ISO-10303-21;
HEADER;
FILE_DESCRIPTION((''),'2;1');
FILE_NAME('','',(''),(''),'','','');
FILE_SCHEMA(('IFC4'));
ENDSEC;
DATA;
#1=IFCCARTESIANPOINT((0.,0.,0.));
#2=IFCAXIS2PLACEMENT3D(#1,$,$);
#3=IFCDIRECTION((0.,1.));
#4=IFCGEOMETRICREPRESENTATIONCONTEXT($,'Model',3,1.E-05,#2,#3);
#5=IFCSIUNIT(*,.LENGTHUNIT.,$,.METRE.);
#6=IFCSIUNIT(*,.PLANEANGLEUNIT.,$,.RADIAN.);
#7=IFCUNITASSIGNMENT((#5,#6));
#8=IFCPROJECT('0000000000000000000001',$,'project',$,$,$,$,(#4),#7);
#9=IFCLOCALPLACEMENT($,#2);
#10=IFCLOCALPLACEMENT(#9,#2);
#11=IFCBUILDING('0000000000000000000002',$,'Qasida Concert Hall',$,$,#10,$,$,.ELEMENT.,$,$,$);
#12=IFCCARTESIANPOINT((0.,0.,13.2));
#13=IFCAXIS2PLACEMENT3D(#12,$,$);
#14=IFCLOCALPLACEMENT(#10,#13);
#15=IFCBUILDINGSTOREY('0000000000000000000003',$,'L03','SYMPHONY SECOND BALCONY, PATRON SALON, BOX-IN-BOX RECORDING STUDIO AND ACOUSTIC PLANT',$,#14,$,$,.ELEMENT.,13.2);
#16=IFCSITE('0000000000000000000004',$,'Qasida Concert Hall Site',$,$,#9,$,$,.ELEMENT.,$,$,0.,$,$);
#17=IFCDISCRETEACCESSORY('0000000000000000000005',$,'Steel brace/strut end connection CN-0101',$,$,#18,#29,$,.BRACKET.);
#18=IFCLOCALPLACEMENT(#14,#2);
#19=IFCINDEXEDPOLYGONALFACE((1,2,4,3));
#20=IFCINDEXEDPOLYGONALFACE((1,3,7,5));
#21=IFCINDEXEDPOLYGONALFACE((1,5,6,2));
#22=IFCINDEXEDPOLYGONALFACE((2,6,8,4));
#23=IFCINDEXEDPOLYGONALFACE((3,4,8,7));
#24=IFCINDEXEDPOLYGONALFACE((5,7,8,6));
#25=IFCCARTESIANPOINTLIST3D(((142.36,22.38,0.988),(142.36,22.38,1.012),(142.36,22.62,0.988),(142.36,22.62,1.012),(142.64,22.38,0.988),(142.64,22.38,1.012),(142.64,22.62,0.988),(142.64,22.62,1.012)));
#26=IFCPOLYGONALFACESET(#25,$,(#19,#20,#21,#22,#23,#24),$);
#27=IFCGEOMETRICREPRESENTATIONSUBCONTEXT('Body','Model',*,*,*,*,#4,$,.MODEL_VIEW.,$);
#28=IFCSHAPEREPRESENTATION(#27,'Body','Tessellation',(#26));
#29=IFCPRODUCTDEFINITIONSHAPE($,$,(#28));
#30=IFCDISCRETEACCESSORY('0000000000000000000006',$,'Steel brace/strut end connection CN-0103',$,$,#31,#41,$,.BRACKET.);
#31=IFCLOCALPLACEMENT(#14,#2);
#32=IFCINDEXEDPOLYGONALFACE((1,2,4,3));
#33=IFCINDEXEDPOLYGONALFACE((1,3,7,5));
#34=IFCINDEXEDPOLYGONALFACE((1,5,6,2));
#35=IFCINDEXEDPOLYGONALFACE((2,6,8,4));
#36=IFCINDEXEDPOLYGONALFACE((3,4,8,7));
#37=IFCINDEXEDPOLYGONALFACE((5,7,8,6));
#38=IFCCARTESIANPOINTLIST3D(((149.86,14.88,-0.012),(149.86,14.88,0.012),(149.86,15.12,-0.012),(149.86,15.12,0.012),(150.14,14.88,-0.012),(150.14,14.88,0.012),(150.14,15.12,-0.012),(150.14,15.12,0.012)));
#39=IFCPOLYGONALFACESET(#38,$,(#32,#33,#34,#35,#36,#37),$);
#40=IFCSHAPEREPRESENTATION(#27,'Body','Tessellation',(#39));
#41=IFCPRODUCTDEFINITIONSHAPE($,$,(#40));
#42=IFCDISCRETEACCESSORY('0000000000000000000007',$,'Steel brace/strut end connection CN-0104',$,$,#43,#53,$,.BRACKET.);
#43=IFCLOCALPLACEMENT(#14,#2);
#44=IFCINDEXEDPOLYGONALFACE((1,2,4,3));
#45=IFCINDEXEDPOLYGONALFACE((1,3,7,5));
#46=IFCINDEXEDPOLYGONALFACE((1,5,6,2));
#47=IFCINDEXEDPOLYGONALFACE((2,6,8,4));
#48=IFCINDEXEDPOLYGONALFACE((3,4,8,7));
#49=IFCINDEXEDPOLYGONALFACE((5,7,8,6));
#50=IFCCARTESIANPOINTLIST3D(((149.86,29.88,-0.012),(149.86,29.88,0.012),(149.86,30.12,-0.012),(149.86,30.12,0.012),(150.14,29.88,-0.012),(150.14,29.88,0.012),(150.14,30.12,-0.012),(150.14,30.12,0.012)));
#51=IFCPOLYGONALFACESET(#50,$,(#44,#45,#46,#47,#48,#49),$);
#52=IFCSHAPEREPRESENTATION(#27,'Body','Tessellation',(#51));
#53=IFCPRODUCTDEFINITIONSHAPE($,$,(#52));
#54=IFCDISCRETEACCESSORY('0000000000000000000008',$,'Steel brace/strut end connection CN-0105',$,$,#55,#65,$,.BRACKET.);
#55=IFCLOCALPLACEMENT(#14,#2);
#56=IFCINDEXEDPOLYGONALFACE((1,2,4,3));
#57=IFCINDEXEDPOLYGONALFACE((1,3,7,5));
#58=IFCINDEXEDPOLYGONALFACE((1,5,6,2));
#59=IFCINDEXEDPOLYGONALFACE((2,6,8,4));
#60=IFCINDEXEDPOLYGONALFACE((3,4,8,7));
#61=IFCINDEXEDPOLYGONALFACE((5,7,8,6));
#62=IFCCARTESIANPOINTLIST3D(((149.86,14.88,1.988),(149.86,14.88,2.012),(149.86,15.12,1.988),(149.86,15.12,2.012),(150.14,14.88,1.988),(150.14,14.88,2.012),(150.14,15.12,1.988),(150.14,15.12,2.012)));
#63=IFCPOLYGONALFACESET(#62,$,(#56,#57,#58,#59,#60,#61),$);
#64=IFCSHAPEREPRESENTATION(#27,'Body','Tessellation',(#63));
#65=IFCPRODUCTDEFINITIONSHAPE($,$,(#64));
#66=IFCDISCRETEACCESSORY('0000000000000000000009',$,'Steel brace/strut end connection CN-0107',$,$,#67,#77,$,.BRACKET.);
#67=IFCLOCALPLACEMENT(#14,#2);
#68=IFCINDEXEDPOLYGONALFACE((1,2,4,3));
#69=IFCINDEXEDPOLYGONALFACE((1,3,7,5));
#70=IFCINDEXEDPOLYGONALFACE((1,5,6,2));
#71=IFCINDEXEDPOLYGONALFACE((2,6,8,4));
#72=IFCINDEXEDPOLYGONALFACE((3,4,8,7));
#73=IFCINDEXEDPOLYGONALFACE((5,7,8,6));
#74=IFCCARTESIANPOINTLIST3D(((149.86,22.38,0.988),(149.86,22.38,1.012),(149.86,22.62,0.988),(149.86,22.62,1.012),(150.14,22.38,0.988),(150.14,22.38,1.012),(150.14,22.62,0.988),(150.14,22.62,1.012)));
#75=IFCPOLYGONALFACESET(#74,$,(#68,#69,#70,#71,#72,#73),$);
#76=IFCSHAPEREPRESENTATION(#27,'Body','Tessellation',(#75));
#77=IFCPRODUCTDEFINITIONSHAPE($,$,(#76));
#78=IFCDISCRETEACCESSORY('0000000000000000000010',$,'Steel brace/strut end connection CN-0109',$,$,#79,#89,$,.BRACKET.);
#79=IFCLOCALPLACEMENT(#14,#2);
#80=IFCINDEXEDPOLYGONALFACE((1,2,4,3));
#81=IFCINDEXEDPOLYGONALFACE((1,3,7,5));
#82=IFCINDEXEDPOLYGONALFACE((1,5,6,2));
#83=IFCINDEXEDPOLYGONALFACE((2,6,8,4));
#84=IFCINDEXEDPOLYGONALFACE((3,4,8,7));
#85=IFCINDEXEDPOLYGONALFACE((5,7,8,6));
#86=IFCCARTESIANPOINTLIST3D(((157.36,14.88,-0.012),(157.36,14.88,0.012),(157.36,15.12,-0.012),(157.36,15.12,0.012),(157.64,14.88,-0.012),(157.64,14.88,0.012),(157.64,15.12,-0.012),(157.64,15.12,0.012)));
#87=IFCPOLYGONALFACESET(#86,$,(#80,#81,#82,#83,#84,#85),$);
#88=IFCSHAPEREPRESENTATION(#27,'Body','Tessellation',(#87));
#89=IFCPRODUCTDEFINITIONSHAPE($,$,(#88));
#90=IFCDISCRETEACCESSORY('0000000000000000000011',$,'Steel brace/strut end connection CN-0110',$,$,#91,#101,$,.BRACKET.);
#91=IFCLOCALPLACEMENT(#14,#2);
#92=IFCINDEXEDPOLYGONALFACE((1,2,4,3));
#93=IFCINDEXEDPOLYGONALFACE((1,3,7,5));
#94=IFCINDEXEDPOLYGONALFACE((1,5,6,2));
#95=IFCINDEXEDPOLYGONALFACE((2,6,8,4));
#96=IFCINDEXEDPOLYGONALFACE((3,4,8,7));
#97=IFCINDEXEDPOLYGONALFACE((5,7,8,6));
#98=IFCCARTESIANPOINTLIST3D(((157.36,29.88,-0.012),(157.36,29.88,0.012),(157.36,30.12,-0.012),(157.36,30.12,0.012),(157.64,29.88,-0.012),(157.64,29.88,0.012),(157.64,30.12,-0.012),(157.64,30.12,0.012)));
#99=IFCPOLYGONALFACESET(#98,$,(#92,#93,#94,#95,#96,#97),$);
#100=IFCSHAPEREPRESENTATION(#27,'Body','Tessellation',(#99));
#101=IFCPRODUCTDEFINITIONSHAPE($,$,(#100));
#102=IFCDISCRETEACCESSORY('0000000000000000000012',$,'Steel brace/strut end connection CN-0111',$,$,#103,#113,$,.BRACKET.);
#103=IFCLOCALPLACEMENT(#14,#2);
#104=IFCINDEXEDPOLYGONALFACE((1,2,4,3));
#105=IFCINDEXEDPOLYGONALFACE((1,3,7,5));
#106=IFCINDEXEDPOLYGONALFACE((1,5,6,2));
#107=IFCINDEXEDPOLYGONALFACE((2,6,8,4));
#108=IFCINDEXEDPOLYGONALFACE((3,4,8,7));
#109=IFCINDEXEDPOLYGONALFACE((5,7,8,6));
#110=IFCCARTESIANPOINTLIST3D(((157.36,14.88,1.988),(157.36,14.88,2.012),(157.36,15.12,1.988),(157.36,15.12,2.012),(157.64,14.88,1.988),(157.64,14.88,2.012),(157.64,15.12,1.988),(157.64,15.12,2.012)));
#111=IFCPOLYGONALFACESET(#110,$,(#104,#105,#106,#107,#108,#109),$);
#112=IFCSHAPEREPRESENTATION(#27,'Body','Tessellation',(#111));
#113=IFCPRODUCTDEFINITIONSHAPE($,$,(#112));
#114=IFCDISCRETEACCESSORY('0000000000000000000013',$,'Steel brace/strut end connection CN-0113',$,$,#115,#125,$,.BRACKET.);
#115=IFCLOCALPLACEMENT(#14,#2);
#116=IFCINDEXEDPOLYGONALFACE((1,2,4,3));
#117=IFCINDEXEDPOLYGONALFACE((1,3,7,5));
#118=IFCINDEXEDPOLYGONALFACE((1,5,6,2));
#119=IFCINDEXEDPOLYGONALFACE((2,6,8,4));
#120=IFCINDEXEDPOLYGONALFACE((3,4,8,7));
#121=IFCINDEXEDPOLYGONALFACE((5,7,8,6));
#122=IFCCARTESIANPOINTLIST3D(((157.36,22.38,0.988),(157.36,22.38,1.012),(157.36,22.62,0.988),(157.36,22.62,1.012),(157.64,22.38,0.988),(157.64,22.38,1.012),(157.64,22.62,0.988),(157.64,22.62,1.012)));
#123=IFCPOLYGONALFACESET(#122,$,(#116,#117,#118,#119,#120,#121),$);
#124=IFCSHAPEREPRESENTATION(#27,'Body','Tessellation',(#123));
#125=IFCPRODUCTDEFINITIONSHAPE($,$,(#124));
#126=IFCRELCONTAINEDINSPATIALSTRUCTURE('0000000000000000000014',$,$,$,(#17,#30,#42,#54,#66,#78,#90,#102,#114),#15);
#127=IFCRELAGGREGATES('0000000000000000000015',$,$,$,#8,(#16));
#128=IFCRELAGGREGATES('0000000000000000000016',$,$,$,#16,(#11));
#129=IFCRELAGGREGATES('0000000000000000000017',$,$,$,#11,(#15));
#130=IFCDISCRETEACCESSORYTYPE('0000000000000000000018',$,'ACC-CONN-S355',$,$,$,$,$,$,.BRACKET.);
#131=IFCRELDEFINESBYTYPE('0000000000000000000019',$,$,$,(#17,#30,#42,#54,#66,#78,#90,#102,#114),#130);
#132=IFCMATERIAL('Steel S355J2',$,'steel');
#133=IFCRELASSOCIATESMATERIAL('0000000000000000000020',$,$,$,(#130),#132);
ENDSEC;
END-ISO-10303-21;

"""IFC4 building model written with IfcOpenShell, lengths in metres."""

from ifc_helpers import new_model, si_unit, direction, frame, origin, origin_2d, place, context, subcontext, project, spatial, rectangle, extrude, material, type_object, element, save


model = new_model("IFC4")

# Units and contexts
model_context = context("Model", 3, precision=1e-05, world=origin(), true_north=direction((0.0, 1.0)))
body_context = subcontext(model_context, "Body", "Model", "MODEL_VIEW")
ifc_project = project(units=[si_unit("LENGTHUNIT", "METRE"), si_unit("PLANEANGLEUNIT", "RADIAN")], contexts=[model_context])

# Site, building, storey
site_placement = place(None, origin())
site = spatial("IfcSite", under=ifc_project, at=site_placement, Name="Qasida Concert Hall Site", CompositionType="ELEMENT", RefElevation=0.0)
building_placement = place(site_placement, origin())
building = spatial("IfcBuilding", under=site, at=building_placement, Name="Qasida Concert Hall", CompositionType="ELEMENT")
storey_placement = place(building_placement, frame((0.0, 0.0, 13.2)))
storey = spatial("IfcBuildingStorey", under=building, at=storey_placement, Name="L03", Description="SYMPHONY SECOND BALCONY, PATRON SALON, BOX-IN-BOX RECORDING STUDIO AND ACOUSTIC PLANT", CompositionType="ELEMENT", Elevation=13.2)

# Shared definitions
ifc_material_1 = material(Name="Steel S355J2", Category="steel")

# Discrete accessories
discrete_accessory_type = type_object("IfcDiscreteAccessoryType", Name="ACC-CONN-S355", PredefinedType="BRACKET", material=ifc_material_1)
for number, where, z_axis, x_axis, name in (
    (1, (142.5, 22.5, 0.988), (0.0, 0.0, 1.0), (1.0, 0.0, 0.0), "Steel brace/strut end connection CN-0101"),
    (2, (150.0, 15.0, -0.012), (0.0, 0.0, 1.0), (1.0, 0.0, 0.0), "Steel brace/strut end connection CN-0103"),
    (3, (150.0, 30.0, -0.012), (0.0, 0.0, 1.0), (1.0, 0.0, 0.0), "Steel brace/strut end connection CN-0104"),
    (4, (150.0, 15.0, 1.988), (0.0, 0.0, 1.0), (1.0, 0.0, 0.0), "Steel brace/strut end connection CN-0105"),
    (5, (150.0, 22.5, 0.988), (0.0, 0.0, 1.0), (1.0, 0.0, 0.0), "Steel brace/strut end connection CN-0107"),
    (6, (157.5, 15.0, -0.012), (0.0, 0.0, 1.0), (1.0, 0.0, 0.0), "Steel brace/strut end connection CN-0109"),
    (7, (157.5, 30.0, -0.012), (0.0, 0.0, 1.0), (1.0, 0.0, 0.0), "Steel brace/strut end connection CN-0110"),
    (8, (157.5, 15.0, 1.988), (0.0, 0.0, 1.0), (1.0, 0.0, 0.0), "Steel brace/strut end connection CN-0111"),
    (9, (157.5, 22.5, 0.988), (0.0, 0.0, 1.0), (1.0, 0.0, 0.0), "Steel brace/strut end connection CN-0113"),
):
    element("IfcDiscreteAccessory", number, at=place(storey_placement, frame(where, z_axis=z_axis, x_axis=x_axis)), inside=storey, type_object=discrete_accessory_type, Name=name, PredefinedType="BRACKET", context=body_context, shape_type="SweptSolid", body=[
        extrude(rectangle(XDim=0.28, YDim=0.24, at=origin_2d()), origin(), (0.0, 0.0, 1.0), 0.0239),
    ])

save(model, "model.ifc")
